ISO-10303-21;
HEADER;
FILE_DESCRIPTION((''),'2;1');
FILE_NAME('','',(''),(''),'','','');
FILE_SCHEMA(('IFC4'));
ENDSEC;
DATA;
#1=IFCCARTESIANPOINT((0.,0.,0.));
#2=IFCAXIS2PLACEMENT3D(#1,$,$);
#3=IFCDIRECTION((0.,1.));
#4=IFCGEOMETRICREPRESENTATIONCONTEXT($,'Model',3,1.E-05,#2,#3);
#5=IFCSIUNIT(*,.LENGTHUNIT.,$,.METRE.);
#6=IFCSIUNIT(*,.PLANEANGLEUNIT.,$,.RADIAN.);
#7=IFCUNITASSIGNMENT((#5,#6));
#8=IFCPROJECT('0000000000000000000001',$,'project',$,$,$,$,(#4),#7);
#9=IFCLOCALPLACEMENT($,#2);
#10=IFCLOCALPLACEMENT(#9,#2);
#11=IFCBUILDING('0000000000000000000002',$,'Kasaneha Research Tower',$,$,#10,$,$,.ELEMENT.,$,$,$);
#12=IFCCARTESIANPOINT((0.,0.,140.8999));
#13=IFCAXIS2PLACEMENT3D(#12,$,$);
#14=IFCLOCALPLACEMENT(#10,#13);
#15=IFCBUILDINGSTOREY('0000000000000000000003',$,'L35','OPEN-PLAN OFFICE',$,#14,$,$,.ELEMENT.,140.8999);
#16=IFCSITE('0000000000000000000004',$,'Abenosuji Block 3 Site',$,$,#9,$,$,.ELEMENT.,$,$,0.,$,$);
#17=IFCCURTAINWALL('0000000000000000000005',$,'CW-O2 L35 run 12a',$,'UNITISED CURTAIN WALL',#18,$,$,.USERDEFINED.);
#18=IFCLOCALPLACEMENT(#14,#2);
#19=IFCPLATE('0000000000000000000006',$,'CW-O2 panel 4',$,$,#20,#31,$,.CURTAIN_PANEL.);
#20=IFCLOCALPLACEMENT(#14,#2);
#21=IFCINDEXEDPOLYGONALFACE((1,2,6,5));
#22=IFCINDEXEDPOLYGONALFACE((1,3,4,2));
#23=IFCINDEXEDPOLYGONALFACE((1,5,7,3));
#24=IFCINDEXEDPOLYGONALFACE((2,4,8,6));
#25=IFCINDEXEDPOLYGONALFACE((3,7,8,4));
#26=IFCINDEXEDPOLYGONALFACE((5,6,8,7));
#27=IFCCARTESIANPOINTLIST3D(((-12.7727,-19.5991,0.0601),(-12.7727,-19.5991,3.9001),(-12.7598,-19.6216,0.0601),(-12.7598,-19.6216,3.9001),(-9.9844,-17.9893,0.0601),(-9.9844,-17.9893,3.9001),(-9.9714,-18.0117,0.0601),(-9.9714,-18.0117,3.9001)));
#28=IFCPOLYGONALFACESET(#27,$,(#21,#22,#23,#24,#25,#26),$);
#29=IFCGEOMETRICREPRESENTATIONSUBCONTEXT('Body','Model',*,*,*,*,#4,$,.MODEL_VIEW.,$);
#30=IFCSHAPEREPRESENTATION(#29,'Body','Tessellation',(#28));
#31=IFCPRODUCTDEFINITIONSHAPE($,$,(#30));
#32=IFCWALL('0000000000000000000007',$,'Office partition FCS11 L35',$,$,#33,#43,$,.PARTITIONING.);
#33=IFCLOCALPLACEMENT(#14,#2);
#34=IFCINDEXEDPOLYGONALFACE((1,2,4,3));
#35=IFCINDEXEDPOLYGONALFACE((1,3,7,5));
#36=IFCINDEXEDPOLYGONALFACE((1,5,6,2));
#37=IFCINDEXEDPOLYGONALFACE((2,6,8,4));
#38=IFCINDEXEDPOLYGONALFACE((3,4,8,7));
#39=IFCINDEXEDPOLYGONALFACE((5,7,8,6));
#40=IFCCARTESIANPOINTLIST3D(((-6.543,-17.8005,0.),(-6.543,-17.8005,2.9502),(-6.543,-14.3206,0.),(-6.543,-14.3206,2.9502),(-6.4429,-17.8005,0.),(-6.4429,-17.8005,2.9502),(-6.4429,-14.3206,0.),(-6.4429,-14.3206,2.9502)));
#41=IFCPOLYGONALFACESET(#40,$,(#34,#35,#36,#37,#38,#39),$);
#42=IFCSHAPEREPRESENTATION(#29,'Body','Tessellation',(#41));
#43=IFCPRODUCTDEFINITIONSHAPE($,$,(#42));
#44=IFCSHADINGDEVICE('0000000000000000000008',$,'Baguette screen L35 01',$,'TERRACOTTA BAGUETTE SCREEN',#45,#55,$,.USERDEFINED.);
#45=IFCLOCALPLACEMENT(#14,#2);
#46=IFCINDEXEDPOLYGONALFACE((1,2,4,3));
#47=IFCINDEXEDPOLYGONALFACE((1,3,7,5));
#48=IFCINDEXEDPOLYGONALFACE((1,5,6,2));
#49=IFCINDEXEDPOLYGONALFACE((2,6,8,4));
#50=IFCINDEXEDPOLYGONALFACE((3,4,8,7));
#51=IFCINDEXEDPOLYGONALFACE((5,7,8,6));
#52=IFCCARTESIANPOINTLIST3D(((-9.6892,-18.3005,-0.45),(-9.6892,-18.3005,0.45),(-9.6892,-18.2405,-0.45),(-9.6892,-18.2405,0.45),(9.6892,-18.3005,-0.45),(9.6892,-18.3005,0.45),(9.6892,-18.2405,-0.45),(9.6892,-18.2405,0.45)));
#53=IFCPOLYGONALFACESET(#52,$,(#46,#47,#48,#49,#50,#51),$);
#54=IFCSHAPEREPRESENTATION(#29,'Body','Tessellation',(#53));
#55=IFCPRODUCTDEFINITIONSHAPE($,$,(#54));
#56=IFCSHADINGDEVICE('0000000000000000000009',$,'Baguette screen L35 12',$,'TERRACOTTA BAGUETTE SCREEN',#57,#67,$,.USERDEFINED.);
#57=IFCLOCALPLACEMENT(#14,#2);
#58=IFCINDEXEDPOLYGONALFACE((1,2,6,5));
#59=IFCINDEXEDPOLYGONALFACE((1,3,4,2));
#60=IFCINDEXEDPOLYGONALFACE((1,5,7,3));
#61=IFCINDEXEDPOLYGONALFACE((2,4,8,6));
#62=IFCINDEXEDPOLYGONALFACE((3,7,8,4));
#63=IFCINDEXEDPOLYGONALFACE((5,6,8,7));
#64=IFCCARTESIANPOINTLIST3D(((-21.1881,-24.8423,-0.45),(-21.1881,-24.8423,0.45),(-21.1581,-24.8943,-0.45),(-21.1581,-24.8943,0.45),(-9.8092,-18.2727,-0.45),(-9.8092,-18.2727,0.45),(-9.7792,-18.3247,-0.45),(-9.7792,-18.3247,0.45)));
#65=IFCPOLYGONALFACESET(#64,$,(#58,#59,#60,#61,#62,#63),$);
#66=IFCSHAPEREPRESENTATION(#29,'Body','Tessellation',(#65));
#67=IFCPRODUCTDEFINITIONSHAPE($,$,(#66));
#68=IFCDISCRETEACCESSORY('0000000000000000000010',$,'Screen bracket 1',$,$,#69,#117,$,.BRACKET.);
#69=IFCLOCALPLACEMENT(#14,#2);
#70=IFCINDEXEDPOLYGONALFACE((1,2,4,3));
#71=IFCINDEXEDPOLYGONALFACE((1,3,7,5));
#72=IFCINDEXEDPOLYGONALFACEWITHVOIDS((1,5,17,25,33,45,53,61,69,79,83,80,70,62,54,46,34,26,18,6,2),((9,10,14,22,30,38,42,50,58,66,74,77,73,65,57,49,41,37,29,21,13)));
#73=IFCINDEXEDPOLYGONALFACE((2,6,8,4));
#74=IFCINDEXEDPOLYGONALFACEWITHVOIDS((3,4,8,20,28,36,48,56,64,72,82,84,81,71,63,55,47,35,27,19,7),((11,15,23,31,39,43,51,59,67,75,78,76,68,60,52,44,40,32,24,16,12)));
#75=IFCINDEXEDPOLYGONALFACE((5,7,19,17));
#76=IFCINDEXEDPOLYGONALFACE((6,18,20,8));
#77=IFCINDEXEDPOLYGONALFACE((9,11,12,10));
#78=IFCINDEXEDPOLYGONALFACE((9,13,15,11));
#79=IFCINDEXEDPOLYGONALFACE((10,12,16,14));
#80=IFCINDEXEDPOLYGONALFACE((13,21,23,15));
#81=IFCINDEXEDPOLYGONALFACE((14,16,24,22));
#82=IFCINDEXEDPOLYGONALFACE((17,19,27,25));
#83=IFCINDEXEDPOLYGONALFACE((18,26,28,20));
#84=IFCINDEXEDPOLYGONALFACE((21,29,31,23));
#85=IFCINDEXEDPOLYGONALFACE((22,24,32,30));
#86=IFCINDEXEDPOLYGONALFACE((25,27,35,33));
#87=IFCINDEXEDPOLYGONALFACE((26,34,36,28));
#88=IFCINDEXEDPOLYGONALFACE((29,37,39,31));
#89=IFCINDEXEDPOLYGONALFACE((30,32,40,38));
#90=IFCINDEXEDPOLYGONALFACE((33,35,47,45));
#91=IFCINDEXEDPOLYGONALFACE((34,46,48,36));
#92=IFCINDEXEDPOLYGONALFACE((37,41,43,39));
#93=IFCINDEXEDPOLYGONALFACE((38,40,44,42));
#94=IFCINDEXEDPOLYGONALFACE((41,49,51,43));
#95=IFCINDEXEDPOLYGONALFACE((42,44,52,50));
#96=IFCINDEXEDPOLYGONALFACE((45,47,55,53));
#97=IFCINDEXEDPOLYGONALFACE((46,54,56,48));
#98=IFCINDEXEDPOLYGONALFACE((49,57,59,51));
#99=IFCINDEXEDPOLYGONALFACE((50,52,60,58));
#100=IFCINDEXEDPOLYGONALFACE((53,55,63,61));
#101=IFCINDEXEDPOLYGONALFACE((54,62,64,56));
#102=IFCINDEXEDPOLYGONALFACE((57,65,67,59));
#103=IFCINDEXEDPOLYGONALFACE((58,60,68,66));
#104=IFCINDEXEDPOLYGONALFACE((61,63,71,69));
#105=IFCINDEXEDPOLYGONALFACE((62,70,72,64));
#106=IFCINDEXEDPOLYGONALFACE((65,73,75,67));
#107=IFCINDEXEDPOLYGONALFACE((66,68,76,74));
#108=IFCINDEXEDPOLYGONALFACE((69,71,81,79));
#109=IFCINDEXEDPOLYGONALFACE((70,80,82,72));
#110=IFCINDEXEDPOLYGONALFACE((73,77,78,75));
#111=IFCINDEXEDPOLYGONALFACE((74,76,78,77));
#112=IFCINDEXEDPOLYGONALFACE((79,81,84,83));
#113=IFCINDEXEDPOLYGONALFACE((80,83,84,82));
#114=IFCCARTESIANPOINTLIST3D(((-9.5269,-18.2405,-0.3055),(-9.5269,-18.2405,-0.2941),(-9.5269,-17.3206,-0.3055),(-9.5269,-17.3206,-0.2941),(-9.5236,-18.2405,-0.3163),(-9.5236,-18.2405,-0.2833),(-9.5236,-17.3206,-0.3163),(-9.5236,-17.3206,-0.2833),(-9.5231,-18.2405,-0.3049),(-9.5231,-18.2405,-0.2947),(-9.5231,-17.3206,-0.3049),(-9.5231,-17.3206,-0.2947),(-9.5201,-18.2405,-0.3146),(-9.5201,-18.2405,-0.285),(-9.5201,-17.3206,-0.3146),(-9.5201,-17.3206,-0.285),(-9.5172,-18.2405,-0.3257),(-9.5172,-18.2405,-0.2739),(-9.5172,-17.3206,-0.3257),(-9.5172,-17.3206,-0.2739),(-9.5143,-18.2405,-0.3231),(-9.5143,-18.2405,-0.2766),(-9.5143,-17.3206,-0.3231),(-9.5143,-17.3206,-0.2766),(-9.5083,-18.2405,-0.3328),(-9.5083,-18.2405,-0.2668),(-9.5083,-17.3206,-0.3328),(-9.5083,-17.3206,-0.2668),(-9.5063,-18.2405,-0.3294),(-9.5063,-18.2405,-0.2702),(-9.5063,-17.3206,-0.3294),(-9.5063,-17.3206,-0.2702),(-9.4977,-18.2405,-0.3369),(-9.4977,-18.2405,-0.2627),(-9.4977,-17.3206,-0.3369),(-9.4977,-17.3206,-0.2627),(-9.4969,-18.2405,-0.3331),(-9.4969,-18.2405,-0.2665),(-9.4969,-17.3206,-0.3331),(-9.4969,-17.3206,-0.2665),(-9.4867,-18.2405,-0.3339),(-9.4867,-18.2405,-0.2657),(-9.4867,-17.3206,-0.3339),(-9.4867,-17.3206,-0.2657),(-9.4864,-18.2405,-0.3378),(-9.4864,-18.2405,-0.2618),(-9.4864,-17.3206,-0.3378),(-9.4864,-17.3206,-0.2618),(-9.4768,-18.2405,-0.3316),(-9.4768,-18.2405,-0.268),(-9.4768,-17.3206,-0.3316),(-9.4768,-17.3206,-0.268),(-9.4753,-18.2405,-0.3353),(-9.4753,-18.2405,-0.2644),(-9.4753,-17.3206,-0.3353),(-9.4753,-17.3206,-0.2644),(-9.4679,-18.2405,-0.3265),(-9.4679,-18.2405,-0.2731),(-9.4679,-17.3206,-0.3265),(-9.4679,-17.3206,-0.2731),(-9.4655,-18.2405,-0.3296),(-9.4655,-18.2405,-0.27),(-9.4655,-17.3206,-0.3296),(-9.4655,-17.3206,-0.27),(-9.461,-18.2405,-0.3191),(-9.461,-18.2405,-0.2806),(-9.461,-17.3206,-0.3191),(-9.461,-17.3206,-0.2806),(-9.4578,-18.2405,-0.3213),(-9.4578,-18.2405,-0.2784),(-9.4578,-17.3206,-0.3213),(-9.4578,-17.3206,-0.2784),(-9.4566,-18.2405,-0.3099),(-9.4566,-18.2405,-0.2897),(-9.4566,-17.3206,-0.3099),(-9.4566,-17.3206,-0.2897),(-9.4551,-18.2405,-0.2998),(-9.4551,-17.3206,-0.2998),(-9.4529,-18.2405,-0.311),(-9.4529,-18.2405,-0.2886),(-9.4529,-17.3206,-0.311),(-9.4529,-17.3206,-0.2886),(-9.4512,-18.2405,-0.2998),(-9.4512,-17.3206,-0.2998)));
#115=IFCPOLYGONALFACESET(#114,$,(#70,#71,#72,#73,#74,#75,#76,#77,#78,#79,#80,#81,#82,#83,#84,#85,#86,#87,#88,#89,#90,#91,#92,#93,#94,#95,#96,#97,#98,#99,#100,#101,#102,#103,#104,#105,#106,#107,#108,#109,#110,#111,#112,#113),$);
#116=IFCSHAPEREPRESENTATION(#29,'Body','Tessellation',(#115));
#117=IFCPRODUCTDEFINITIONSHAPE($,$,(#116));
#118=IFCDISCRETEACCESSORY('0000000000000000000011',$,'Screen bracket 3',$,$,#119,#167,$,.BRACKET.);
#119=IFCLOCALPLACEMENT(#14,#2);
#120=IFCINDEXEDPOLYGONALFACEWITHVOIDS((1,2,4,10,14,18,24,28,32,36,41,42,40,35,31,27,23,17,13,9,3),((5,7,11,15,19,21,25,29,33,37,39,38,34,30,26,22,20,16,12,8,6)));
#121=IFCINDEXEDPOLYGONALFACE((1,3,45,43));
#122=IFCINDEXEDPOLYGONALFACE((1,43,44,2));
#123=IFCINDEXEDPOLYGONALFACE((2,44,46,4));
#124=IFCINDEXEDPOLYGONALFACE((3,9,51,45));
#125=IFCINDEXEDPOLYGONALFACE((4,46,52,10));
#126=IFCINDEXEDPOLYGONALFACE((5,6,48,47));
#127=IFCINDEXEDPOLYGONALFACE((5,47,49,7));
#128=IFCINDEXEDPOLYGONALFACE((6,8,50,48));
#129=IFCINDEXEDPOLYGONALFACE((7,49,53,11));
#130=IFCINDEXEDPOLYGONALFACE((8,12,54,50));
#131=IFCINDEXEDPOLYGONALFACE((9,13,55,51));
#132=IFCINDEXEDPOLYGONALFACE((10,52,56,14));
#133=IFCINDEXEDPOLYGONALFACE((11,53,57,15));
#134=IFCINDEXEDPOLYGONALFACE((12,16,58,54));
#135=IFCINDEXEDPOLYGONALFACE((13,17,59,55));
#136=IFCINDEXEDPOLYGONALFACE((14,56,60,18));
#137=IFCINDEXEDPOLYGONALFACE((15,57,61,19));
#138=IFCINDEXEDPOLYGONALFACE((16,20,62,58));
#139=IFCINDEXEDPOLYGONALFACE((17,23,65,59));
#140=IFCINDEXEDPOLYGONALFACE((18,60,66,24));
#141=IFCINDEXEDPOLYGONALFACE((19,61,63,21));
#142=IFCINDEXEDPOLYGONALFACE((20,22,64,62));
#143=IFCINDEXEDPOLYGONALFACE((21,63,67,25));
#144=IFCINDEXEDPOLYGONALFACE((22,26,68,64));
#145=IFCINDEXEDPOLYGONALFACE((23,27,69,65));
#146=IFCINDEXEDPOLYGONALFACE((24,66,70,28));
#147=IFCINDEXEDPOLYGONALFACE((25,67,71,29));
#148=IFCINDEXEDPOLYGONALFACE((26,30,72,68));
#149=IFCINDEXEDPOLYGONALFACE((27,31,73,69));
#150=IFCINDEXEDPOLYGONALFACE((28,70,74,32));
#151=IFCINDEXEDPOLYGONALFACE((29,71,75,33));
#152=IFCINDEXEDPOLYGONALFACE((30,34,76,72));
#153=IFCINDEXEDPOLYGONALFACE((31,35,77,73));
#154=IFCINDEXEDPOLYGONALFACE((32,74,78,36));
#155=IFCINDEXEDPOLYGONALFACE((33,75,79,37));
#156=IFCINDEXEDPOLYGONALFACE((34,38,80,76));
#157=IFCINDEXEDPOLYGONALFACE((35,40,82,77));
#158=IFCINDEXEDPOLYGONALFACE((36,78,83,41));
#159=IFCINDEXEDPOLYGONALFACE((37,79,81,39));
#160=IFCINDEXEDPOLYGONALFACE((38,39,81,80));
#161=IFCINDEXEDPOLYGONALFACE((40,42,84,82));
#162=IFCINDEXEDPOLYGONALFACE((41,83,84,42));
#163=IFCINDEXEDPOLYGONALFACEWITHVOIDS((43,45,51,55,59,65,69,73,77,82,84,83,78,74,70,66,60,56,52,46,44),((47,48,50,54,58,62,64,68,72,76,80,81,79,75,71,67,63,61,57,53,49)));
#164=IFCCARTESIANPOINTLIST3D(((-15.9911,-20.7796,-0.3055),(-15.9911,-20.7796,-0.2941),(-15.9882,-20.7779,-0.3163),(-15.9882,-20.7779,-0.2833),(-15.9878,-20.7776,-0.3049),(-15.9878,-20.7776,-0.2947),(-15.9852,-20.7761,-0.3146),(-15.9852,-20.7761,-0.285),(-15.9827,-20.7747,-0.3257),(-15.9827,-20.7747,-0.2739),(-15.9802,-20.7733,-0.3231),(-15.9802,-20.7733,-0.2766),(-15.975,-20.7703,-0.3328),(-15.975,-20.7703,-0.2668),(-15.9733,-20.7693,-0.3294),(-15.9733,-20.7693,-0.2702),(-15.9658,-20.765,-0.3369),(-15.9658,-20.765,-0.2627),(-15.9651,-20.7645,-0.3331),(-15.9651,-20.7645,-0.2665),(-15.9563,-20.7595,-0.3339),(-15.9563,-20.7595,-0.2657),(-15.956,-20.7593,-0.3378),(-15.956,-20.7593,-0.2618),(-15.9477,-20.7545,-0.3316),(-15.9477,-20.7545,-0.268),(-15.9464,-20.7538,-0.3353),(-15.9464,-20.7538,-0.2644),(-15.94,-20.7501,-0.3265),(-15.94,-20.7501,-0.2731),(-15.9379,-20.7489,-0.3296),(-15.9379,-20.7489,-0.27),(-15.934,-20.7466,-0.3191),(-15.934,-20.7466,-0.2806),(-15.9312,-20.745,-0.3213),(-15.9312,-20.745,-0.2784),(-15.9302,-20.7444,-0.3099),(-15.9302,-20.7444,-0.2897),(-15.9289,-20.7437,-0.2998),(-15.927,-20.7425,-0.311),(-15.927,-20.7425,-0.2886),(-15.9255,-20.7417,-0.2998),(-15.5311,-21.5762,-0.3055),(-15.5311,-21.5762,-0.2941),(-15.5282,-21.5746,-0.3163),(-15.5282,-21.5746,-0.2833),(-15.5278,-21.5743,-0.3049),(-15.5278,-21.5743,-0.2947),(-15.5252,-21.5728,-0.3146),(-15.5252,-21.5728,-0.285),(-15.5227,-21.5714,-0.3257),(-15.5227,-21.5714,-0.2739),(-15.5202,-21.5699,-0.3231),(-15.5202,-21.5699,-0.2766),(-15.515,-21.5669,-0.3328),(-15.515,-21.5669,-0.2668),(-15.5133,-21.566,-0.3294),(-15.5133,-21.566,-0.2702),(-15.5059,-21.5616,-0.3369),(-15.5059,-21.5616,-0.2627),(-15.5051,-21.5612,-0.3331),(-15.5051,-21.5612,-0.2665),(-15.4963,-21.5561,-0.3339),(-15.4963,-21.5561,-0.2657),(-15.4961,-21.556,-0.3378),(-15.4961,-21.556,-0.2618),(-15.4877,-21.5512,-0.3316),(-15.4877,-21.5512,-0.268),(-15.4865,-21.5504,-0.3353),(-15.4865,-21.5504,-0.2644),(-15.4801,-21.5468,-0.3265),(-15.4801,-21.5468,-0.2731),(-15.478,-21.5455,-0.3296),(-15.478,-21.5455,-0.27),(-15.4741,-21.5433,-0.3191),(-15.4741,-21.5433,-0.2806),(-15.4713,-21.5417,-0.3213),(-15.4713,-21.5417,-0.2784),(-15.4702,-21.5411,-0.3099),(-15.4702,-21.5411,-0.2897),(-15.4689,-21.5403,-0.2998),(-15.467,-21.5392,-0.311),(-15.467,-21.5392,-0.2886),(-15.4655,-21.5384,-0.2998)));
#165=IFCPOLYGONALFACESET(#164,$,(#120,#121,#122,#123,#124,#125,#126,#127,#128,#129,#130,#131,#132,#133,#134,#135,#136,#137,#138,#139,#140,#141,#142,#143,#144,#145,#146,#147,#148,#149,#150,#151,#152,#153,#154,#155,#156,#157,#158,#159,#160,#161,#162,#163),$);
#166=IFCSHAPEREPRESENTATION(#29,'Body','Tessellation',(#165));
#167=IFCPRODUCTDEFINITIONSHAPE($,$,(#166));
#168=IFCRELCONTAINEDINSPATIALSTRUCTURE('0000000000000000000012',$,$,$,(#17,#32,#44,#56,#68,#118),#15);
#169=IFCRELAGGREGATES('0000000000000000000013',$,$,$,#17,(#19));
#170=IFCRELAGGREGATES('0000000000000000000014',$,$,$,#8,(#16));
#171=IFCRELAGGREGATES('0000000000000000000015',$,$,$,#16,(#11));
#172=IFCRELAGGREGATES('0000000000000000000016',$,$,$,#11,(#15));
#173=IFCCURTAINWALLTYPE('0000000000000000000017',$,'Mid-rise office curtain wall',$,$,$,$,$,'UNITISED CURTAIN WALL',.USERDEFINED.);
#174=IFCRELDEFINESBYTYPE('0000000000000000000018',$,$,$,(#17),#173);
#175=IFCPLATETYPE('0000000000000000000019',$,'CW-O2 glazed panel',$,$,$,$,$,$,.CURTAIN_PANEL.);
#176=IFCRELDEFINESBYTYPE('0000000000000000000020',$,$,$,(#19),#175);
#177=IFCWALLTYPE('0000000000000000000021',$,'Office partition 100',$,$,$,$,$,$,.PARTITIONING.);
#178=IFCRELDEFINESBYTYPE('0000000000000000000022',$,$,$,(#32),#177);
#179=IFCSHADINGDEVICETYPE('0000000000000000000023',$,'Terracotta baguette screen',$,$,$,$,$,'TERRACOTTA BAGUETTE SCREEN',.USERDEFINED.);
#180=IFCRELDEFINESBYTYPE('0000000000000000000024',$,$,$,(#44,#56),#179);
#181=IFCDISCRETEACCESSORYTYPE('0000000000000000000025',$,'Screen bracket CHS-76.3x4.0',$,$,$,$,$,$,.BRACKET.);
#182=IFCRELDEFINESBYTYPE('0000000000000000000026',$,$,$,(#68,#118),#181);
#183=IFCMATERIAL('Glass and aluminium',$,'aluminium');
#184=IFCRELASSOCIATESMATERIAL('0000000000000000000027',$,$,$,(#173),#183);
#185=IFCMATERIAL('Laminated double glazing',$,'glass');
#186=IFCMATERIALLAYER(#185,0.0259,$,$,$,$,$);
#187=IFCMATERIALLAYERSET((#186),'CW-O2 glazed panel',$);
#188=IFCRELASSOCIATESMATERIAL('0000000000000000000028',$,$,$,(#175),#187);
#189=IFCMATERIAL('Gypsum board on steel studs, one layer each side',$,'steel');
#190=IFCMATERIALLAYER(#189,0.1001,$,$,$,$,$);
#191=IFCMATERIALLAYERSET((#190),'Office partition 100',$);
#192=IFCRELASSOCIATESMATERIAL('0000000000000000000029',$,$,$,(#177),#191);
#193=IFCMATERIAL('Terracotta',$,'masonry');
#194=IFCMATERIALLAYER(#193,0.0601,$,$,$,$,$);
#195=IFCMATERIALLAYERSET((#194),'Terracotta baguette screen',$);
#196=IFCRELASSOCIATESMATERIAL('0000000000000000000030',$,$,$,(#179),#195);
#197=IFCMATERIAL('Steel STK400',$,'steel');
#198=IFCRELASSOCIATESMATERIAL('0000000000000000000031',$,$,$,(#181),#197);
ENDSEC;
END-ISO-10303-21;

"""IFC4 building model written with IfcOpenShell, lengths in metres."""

from ifc_helpers import new_model, si_unit, direction, frame, frame_2d, origin, origin_2d, place, context, subcontext, project, spatial, rectangle, hollow_circle, extrude, material, layer, layer_set, material_profile, profile_set, type_object, element, aggregate, save


model = new_model("IFC4")

# Units and contexts
model_context = context("Model", 3, precision=1e-05, world=origin(), true_north=direction((0.0, 1.0)))
body_context = subcontext(model_context, "Body", "Model", "MODEL_VIEW")
ifc_project = project(units=[si_unit("LENGTHUNIT", "METRE"), si_unit("PLANEANGLEUNIT", "RADIAN")], contexts=[model_context])

# Site, building, storey
site_placement = place(None, origin())
site = spatial("IfcSite", under=ifc_project, at=site_placement, Name="Abenosuji Block 3 Site", CompositionType="ELEMENT", RefElevation=0.0)
building_placement = place(site_placement, origin())
building = spatial("IfcBuilding", under=site, at=building_placement, Name="Kasaneha Research Tower", CompositionType="ELEMENT")
storey_placement = place(building_placement, frame((0.0, 0.0, 140.8999)))
storey = spatial("IfcBuildingStorey", under=building, at=storey_placement, Name="L35", Description="OPEN-PLAN OFFICE", CompositionType="ELEMENT", Elevation=140.8999)

# Curtain wall
ifc_material_1 = material(Name="Glass and aluminium", Category="aluminium")
curtain_wall_type = type_object("IfcCurtainWallType", Name="Mid-rise office curtain wall", ElementType="UNITISED CURTAIN WALL", PredefinedType="USERDEFINED", material=ifc_material_1)
curtain_wall_1_placement = place(storey_placement, origin())
curtain_wall_1 = element("IfcCurtainWall", 1, at=curtain_wall_1_placement, inside=storey, type_object=curtain_wall_type, Name="CW-O2 L35 run 12a", ObjectType="UNITISED CURTAIN WALL", PredefinedType="USERDEFINED")

# Plate
ifc_material_2 = material(Name="Laminated double glazing", Category="glass")
ifc_layer_1 = layer(ifc_material_2, 0.0259)
ifc_layer_set_1 = layer_set([ifc_layer_1], Name="CW-O2 glazed panel")
plate_type = type_object("IfcPlateType", Name="CW-O2 glazed panel", PredefinedType="CURTAIN_PANEL", material=ifc_layer_set_1)
plate_1_placement = place(storey_placement, frame((-11.3721, -18.8054, 0.0601), z_axis=(0.0, 0.0, 1.0), x_axis=(0.866025, 0.5, 0.0)))
plate_1 = element("IfcPlate", 2, at=plate_1_placement, type_object=plate_type, Name="CW-O2 panel 4", PredefinedType="CURTAIN_PANEL", context=body_context, shape_type="SweptSolid", body=[
    extrude(rectangle(XDim=3.2197, YDim=0.0259, at=origin_2d()), origin(), (0.0, 0.0, 1.0), 3.8401),
])
aggregate(curtain_wall_1, [plate_1])

# Wall
ifc_material_3 = material(Name="Gypsum board on steel studs, one layer each side", Category="steel")
ifc_layer_2 = layer(ifc_material_3, 0.1001)
ifc_layer_set_2 = layer_set([ifc_layer_2], Name="Office partition 100")
wall_type = type_object("IfcWallType", Name="Office partition 100", PredefinedType="PARTITIONING", material=ifc_layer_set_2)
wall_placement = place(storey_placement, frame((-6.4929, -17.8005, 0.0), z_axis=(0.0, 0.0, 1.0), x_axis=(0.0, 1.0, 0.0)))
element("IfcWall", 3, at=wall_placement, inside=storey, type_object=wall_type, Name="Office partition FCS11 L35", PredefinedType="PARTITIONING", context=body_context, shape_type="SweptSolid", body=[
    extrude(rectangle(XDim=3.48, YDim=0.1001, at=frame_2d((1.74, 0.0))), origin(), (0.0, 0.0, 1.0), 2.9502),
])

# Shading devices
ifc_material_4 = material(Name="Terracotta", Category="masonry")
ifc_layer_3 = layer(ifc_material_4, 0.0601)
ifc_layer_set_3 = layer_set([ifc_layer_3], Name="Terracotta baguette screen")
shading_device_type = type_object("IfcShadingDeviceType", Name="Terracotta baguette screen", ElementType="TERRACOTTA BAGUETTE SCREEN", PredefinedType="USERDEFINED", material=ifc_layer_set_3)
shading_device_1_placement = place(storey_placement, frame((0.0, -18.2705, -0.45), z_axis=(0.0, 0.0, 1.0), x_axis=(1.0, 0.0, 0.0)))
element("IfcShadingDevice", 4, at=shading_device_1_placement, inside=storey, type_object=shading_device_type, Name="Baguette screen L35 01", ObjectType="TERRACOTTA BAGUETTE SCREEN", PredefinedType="USERDEFINED", context=body_context, shape_type="SweptSolid", body=[
    extrude(rectangle(XDim=19.3784, YDim=0.0601, at=origin_2d()), origin(), (0.0, 0.0, 1.0), 0.8999),
])
shading_device_2_placement = place(storey_placement, frame((-15.4836, -21.5835, -0.45), z_axis=(0.0, 0.0, 1.0), x_axis=(0.866025, 0.5, 0.0)))
element("IfcShadingDevice", 5, at=shading_device_2_placement, inside=storey, type_object=shading_device_type, Name="Baguette screen L35 12", ObjectType="TERRACOTTA BAGUETTE SCREEN", PredefinedType="USERDEFINED", context=body_context, shape_type="SweptSolid", body=[
    extrude(rectangle(XDim=13.1392, YDim=0.0601, at=origin_2d()), origin(), (0.0, 0.0, 1.0), 0.8999),
])

# Discrete accessories
ifc_material_5 = material(Name="Steel STK400", Category="steel")
ifc_material_profile_1 = material_profile(ifc_material_5, hollow_circle(Radius=0.0381, WallThickness=0.0039, at=origin_2d()), Name="CHS-76.3x4.0")
ifc_profile_set_1 = profile_set([ifc_material_profile_1], Name="Steel STK400")
discrete_accessory_type = type_object("IfcDiscreteAccessoryType", Name="Screen bracket CHS-76.3x4.0", PredefinedType="BRACKET", material=ifc_profile_set_1)
for number, where, z_axis, x_axis, name in (
    (6, (-9.4893, -17.3206, -0.2998), (0.0, -1.0, 0.0), (1.0, 0.0, 0.0), "Screen bracket 1"),
    (7, (-15.9585, -20.7607, -0.2998), (0.500021, -0.866013, 0.0), (0.866013, 0.500021, 0.0), "Screen bracket 3"),
):
    element("IfcDiscreteAccessory", number, at=place(storey_placement, frame(where, z_axis=z_axis, x_axis=x_axis)), inside=storey, type_object=discrete_accessory_type, Name=name, PredefinedType="BRACKET", context=body_context, shape_type="SweptSolid", body=[
        extrude(hollow_circle(Radius=0.0381, WallThickness=0.0039, at=origin_2d()), origin(), (0.0, 0.0, 1.0), 0.9199),
    ])

save(model, "model.ifc")
